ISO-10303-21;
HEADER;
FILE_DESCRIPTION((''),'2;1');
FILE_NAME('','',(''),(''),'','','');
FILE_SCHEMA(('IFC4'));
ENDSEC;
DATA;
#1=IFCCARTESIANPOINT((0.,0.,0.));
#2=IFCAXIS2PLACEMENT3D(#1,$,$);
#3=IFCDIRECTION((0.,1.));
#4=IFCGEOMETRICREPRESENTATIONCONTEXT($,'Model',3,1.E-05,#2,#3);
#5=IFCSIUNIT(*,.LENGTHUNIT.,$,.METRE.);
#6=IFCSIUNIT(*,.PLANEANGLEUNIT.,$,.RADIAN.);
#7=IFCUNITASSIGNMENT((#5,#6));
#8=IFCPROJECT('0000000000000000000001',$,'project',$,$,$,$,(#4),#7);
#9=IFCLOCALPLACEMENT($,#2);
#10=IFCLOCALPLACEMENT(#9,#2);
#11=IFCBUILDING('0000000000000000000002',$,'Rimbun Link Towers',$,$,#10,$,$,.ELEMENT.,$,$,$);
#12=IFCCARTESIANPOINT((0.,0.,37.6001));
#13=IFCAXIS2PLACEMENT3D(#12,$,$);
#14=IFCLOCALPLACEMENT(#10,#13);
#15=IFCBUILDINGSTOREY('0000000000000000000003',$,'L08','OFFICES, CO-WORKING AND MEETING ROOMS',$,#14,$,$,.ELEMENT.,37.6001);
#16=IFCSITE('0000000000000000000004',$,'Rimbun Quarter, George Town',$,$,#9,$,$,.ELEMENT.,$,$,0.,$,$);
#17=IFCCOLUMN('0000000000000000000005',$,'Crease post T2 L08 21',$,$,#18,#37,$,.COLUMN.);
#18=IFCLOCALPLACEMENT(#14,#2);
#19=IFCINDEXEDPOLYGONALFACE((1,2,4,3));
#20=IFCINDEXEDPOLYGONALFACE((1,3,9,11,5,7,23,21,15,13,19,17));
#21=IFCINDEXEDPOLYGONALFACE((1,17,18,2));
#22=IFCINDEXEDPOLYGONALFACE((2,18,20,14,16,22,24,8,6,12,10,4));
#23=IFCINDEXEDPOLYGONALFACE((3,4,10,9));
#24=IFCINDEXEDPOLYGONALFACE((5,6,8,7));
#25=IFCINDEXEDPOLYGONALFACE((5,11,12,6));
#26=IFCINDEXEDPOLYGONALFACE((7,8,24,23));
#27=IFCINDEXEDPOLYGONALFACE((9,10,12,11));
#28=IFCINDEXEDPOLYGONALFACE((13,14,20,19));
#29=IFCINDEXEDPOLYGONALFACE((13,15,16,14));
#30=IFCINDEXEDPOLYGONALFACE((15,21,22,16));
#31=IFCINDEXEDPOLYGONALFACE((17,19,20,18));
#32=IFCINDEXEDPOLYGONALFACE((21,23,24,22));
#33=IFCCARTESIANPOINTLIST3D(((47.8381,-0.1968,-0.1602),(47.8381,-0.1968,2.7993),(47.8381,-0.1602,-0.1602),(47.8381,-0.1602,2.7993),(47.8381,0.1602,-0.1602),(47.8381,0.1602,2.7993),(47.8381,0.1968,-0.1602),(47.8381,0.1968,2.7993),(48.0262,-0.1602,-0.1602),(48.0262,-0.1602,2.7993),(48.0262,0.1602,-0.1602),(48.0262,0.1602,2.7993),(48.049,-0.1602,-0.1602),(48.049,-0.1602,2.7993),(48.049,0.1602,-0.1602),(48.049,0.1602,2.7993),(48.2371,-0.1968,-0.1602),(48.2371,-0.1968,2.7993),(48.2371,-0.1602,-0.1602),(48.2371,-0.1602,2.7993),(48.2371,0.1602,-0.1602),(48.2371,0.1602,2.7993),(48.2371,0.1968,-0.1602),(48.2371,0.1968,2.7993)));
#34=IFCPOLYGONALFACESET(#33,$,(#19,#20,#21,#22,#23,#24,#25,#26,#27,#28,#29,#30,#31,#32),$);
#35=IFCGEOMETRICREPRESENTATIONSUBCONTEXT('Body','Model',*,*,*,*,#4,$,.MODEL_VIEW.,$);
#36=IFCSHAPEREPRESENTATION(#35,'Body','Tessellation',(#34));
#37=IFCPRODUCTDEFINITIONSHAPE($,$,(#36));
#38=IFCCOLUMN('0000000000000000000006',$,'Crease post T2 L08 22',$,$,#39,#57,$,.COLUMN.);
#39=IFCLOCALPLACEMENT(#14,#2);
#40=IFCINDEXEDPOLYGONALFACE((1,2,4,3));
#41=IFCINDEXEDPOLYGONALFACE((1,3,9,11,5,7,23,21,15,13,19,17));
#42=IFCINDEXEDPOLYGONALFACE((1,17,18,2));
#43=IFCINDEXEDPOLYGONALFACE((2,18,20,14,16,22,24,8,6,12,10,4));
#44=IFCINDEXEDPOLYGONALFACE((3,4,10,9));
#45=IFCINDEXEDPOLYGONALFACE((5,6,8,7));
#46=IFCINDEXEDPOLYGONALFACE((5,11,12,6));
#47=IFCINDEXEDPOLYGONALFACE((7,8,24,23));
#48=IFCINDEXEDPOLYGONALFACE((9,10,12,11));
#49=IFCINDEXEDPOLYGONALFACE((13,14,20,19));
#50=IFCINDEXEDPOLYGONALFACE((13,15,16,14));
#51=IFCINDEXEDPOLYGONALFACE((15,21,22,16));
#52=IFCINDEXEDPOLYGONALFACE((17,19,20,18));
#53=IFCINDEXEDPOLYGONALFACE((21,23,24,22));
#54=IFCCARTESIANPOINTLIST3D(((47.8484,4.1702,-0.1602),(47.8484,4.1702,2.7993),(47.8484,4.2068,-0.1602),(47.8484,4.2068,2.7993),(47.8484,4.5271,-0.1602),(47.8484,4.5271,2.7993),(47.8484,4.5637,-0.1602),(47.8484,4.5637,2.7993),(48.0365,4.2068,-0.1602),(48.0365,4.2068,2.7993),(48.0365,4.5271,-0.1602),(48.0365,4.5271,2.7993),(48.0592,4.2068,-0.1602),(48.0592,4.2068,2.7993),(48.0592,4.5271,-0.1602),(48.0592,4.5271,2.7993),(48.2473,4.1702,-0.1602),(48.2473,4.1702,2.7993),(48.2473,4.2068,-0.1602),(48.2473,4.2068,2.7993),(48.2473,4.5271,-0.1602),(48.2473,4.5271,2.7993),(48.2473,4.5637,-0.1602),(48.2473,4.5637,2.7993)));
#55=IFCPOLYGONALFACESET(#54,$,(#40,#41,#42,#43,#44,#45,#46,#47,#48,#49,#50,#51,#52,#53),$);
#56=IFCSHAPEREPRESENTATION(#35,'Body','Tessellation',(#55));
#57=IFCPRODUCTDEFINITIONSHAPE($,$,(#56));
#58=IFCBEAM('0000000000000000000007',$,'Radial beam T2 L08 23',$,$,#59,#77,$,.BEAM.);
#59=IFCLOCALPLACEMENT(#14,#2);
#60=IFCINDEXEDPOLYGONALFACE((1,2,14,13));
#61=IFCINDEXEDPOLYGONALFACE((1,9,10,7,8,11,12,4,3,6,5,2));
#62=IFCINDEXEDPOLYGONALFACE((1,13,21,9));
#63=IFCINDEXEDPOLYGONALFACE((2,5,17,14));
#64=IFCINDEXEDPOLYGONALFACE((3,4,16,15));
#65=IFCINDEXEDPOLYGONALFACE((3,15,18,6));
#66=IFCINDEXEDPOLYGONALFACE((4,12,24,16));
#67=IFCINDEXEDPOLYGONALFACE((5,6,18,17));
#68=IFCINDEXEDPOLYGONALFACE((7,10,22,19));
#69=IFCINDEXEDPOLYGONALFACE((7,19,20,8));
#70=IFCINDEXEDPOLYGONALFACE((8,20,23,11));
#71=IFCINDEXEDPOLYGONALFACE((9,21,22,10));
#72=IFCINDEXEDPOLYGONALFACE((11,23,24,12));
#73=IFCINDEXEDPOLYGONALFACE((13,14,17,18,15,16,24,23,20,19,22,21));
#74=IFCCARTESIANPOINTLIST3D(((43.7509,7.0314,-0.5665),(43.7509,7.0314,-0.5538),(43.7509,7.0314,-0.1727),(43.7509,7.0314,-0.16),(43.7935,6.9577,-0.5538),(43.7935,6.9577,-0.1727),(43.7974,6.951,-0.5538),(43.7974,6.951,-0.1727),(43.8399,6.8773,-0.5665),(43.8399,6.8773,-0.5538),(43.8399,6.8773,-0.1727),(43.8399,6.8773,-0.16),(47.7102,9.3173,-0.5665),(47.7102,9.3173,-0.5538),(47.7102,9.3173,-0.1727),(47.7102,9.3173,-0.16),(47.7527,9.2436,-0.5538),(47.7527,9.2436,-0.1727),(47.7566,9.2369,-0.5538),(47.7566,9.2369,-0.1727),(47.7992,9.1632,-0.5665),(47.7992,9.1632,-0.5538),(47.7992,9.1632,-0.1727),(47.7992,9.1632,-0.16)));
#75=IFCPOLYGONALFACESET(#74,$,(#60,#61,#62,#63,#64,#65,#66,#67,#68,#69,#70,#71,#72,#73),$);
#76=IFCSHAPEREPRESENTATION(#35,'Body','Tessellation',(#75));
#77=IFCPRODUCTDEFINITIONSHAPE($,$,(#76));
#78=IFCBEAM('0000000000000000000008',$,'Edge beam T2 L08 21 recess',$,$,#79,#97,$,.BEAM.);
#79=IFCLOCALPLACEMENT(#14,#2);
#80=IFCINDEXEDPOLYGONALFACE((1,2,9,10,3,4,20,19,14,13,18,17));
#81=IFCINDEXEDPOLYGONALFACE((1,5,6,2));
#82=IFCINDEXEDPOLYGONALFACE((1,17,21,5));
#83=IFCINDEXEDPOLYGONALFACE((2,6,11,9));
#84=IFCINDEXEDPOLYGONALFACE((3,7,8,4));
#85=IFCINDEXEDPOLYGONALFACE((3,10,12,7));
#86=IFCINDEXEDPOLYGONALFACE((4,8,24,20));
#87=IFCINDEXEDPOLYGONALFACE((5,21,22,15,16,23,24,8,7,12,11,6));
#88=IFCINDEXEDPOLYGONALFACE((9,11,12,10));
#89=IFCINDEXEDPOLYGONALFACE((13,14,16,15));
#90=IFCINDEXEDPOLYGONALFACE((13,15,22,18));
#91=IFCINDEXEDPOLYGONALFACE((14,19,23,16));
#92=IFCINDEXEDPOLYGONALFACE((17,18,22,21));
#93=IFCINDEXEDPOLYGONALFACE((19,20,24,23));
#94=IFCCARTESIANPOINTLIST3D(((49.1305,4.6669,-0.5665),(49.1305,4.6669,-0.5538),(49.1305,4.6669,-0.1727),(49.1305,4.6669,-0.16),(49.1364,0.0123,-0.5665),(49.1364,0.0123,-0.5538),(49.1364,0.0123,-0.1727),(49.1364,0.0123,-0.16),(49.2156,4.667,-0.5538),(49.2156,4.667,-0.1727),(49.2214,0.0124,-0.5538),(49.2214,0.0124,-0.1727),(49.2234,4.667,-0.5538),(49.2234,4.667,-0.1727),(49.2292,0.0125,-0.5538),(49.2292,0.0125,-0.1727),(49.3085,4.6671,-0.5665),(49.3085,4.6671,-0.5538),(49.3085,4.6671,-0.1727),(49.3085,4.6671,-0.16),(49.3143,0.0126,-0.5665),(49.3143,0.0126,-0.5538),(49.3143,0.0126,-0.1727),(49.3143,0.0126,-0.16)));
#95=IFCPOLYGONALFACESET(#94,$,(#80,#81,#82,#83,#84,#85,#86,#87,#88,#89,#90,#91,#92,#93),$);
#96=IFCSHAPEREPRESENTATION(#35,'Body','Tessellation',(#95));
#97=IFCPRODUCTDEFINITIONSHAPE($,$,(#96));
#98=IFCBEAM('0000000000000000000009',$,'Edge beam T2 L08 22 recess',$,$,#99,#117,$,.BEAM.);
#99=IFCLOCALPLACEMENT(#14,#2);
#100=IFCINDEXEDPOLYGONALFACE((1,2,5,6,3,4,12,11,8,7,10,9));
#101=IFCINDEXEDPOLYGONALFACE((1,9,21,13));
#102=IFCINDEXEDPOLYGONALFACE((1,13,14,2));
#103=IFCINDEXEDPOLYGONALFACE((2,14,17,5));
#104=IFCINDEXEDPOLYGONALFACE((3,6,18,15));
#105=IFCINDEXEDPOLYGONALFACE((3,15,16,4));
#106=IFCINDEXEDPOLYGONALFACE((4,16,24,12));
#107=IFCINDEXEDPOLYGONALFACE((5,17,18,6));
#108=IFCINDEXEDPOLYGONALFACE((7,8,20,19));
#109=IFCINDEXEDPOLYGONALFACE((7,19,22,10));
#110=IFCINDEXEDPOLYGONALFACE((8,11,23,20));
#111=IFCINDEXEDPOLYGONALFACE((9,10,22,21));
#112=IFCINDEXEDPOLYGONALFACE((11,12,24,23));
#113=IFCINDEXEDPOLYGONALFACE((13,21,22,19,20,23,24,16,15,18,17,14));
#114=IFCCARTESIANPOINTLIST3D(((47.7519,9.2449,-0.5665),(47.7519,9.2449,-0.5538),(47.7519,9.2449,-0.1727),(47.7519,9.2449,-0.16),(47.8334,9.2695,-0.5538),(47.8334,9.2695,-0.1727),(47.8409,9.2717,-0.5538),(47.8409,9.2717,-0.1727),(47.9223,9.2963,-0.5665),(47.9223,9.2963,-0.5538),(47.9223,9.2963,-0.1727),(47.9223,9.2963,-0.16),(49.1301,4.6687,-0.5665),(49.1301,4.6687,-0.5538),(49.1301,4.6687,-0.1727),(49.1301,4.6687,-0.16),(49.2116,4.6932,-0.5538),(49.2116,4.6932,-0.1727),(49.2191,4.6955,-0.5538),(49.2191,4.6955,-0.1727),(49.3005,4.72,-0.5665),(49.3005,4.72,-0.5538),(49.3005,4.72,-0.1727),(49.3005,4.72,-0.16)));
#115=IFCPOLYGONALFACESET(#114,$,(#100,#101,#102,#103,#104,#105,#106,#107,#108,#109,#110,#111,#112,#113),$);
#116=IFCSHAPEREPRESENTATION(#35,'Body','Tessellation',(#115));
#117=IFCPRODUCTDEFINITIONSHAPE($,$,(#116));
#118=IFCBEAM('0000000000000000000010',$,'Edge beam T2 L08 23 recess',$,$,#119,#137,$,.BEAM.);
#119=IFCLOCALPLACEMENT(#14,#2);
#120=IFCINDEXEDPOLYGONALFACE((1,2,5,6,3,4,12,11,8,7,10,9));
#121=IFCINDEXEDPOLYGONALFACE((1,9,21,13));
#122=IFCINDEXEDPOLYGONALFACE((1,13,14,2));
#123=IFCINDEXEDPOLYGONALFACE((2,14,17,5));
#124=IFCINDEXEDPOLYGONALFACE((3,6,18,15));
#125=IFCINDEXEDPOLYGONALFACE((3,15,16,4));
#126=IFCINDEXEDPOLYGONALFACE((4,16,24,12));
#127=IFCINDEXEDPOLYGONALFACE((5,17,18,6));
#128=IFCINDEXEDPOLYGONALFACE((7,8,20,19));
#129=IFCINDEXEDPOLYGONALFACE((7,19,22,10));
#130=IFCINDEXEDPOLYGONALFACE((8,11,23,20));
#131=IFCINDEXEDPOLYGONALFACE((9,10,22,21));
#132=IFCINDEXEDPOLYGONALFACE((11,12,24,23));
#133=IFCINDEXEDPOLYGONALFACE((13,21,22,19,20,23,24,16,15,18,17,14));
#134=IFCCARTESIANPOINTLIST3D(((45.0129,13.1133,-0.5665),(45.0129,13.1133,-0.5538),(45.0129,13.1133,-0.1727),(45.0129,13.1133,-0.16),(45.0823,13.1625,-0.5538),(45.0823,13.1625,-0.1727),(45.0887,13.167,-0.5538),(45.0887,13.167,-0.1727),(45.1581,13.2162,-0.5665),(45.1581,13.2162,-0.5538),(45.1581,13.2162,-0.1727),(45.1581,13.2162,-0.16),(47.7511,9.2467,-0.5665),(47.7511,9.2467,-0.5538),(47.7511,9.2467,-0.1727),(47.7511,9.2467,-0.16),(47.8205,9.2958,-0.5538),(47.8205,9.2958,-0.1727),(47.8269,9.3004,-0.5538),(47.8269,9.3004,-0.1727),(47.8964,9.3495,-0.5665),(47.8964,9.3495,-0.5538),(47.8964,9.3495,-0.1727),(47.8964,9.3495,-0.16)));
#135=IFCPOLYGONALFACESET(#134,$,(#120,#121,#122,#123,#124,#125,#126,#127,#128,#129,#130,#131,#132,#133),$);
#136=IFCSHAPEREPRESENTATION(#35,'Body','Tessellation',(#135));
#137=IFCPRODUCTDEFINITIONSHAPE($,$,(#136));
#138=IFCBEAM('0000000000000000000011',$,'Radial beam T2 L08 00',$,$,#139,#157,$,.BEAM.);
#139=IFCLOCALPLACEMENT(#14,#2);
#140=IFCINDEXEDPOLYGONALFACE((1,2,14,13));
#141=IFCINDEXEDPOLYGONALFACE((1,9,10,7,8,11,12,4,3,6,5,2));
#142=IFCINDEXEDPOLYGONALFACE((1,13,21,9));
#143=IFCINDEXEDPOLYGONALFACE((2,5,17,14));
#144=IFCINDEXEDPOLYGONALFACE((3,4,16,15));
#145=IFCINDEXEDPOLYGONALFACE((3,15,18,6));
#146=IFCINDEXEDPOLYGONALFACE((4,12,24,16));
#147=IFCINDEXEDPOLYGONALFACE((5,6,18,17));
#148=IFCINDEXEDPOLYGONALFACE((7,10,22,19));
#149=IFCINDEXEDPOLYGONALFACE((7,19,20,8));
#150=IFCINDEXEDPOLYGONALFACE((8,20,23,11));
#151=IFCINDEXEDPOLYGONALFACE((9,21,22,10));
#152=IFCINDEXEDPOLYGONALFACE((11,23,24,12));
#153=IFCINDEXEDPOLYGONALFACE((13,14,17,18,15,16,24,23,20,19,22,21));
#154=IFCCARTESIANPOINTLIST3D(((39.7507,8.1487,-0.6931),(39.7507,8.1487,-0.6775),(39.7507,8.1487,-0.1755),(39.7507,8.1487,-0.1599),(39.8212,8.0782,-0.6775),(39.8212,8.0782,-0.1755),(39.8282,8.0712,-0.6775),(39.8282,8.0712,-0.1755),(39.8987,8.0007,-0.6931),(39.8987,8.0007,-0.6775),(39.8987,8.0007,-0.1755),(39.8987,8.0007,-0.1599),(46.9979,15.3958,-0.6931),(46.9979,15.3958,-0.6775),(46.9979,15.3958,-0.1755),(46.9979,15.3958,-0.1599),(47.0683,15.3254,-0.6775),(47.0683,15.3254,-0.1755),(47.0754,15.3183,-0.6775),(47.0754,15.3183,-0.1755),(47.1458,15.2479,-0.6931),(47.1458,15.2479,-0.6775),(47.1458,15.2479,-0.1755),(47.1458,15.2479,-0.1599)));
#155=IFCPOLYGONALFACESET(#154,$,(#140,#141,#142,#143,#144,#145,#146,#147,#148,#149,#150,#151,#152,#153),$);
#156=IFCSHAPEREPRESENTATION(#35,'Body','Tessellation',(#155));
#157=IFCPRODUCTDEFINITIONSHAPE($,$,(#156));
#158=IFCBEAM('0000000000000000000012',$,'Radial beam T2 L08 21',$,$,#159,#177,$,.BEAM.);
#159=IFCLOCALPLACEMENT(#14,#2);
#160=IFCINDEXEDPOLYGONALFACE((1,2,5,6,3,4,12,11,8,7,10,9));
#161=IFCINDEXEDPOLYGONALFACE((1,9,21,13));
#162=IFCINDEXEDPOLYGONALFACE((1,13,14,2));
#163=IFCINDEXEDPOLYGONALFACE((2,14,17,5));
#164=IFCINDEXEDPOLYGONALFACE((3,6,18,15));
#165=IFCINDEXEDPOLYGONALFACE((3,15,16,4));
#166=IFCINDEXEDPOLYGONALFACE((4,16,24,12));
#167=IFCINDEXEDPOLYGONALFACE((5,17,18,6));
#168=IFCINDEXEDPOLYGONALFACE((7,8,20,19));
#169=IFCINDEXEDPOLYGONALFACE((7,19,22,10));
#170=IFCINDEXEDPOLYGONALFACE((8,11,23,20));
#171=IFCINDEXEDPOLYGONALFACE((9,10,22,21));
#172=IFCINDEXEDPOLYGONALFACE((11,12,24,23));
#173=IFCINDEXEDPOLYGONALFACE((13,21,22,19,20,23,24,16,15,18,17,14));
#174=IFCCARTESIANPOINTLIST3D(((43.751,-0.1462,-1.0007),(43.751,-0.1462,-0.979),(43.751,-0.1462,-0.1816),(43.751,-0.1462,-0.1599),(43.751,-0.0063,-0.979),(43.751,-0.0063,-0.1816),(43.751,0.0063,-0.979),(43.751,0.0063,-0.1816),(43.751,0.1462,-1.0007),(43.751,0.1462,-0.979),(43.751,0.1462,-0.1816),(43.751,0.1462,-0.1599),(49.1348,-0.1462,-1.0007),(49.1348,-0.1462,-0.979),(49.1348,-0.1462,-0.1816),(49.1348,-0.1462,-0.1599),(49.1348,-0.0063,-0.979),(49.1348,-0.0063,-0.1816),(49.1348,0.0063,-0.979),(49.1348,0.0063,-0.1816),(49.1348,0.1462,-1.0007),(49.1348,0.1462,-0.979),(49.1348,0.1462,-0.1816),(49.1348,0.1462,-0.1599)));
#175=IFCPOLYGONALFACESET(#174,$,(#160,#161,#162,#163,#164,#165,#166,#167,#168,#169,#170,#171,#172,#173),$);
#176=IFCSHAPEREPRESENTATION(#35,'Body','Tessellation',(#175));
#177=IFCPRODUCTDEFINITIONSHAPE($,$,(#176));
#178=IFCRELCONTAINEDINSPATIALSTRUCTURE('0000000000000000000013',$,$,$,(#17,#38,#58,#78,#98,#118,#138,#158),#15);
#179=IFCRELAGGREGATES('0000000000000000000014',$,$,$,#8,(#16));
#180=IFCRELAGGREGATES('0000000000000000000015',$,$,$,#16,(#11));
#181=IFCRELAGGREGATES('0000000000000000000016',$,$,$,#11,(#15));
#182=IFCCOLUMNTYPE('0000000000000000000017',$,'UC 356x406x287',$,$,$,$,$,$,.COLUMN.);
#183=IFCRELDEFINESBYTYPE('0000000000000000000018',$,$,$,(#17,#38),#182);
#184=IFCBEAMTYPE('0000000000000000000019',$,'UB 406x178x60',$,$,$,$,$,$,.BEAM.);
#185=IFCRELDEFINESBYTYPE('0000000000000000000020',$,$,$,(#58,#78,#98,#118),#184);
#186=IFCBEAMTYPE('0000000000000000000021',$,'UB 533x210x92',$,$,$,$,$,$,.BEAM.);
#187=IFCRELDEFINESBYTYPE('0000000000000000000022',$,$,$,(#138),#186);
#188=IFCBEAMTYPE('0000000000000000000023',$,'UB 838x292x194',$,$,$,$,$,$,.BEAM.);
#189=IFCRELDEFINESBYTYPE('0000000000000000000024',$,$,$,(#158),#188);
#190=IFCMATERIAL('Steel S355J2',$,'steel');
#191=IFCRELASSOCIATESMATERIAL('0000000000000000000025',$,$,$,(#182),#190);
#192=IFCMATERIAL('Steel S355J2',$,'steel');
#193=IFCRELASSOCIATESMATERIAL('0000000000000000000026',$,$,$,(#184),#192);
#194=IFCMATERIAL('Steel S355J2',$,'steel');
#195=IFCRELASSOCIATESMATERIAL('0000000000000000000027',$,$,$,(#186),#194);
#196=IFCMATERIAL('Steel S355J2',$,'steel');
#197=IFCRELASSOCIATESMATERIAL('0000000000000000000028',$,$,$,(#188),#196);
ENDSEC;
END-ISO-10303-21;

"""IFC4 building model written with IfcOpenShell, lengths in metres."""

from ifc_helpers import new_model, si_unit, direction, frame, origin, origin_2d, place, context, subcontext, project, spatial, i_section, extrude, material, material_profile, profile_set, type_object, element, save


model = new_model("IFC4")

# Units and contexts
model_context = context("Model", 3, precision=1e-05, world=origin(), true_north=direction((0.0, 1.0)))
body_context = subcontext(model_context, "Body", "Model", "MODEL_VIEW")
ifc_project = project(units=[si_unit("LENGTHUNIT", "METRE"), si_unit("PLANEANGLEUNIT", "RADIAN")], contexts=[model_context])

# Site, building, storey
site_placement = place(None, origin())
site = spatial("IfcSite", under=ifc_project, at=site_placement, Name="Rimbun Quarter, George Town", CompositionType="ELEMENT", RefElevation=0.0)
building_placement = place(site_placement, origin())
building = spatial("IfcBuilding", under=site, at=building_placement, Name="Rimbun Link Towers", CompositionType="ELEMENT")
storey_placement = place(building_placement, frame((0.0, 0.0, 37.6001)))
storey = spatial("IfcBuildingStorey", under=building, at=storey_placement, Name="L08", Description="OFFICES, CO-WORKING AND MEETING ROOMS", CompositionType="ELEMENT", Elevation=37.6001)

# Columns
ifc_material_1 = material(Name="Steel S355J2", Category="steel")
ifc_material_profile_1 = material_profile(ifc_material_1, i_section(OverallWidth=0.3989, OverallDepth=0.3936, WebThickness=0.0227, FlangeThickness=0.0366, at=origin_2d()), Name="UC 356x406x287")
ifc_profile_set_1 = profile_set([ifc_material_profile_1], Name="Steel S355J2")
column_type = type_object("IfcColumnType", Name="UC 356x406x287", PredefinedType="COLUMN", material=ifc_profile_set_1)
for number, where, z_axis, x_axis, name in (
    (1, (48.0376, 0.0, -0.1602), (0.0, 0.0, 1.0), (1.0, 0.0, 0.0), "Crease post T2 L08 21"),
    (2, (48.0479, 4.3669, -0.1602), (0.0, 0.0, 1.0), (1.0, 0.0, 0.0), "Crease post T2 L08 22"),
):
    element("IfcColumn", number, at=place(storey_placement, frame(where, z_axis=z_axis, x_axis=x_axis)), inside=storey, type_object=column_type, Name=name, PredefinedType="COLUMN", context=body_context, shape_type="SweptSolid", body=[
        extrude(i_section(OverallWidth=0.3989, OverallDepth=0.3936, WebThickness=0.0227, FlangeThickness=0.0366, at=origin_2d()), origin(), (0.0, 0.0, 1.0), 2.9595),
    ])

# Beams
ifc_material_2 = material(Name="Steel S355J2", Category="steel")
ifc_material_profile_2 = material_profile(ifc_material_2, i_section(OverallWidth=0.178, OverallDepth=0.4065, WebThickness=0.0078, FlangeThickness=0.0127, at=origin_2d()), Name="UB 406x178x60")
ifc_profile_set_2 = profile_set([ifc_material_profile_2], Name="Steel S355J2")
beam_type_1 = type_object("IfcBeamType", Name="UB 406x178x60", PredefinedType="BEAM", material=ifc_profile_set_2)
beam_1_placement = place(storey_placement, frame((43.7954, 6.9543, -0.3633), z_axis=(0.866023, 0.500004, 0.0), x_axis=(-0.500004, 0.866023, 0.0)))
element("IfcBeam", 3, at=beam_1_placement, inside=storey, type_object=beam_type_1, Name="Radial beam T2 L08 23", PredefinedType="BEAM", context=body_context, shape_type="SweptSolid", body=[
    extrude(i_section(OverallWidth=0.178, OverallDepth=0.4065, WebThickness=0.0078, FlangeThickness=0.0127, at=origin_2d()), origin(), (0.0, 0.0, 1.0), 4.5718),
])
beam_2_placement = place(storey_placement, frame((49.2253, 0.0125, -0.3633), z_axis=(-0.001259, 0.999999, 0.0), x_axis=(-0.999999, -0.001259, 0.0)))
element("IfcBeam", 4, at=beam_2_placement, inside=storey, type_object=beam_type_1, Name="Edge beam T2 L08 21 recess", PredefinedType="BEAM", context=body_context, shape_type="SweptSolid", body=[
    extrude(i_section(OverallWidth=0.178, OverallDepth=0.4065, WebThickness=0.0078, FlangeThickness=0.0127, at=origin_2d()), origin(), (0.0, 0.0, 1.0), 4.6545),
])
beam_3_placement = place(storey_placement, frame((49.2153, 4.6943, -0.3633), z_axis=(-0.288369, 0.957519, 0.0), x_axis=(-0.957519, -0.288369, 0.0)))
element("IfcBeam", 5, at=beam_3_placement, inside=storey, type_object=beam_type_1, Name="Edge beam T2 L08 22 recess", PredefinedType="BEAM", context=body_context, shape_type="SweptSolid", body=[
    extrude(i_section(OverallWidth=0.178, OverallDepth=0.4065, WebThickness=0.0078, FlangeThickness=0.0127, at=origin_2d()), origin(), (0.0, 0.0, 1.0), 4.7793),
])
beam_4_placement = place(storey_placement, frame((47.8237, 9.2981, -0.3633), z_axis=(-0.577929, 0.816087, 0.0), x_axis=(-0.816087, -0.577929, 0.0)))
element("IfcBeam", 6, at=beam_4_placement, inside=storey, type_object=beam_type_1, Name="Edge beam T2 L08 23 recess", PredefinedType="BEAM", context=body_context, shape_type="SweptSolid", body=[
    extrude(i_section(OverallWidth=0.178, OverallDepth=0.4065, WebThickness=0.0078, FlangeThickness=0.0127, at=origin_2d()), origin(), (0.0, 0.0, 1.0), 4.738),
])
ifc_material_3 = material(Name="Steel S355J2", Category="steel")
ifc_material_profile_3 = material_profile(ifc_material_3, i_section(OverallWidth=0.2092, OverallDepth=0.5332, WebThickness=0.01, FlangeThickness=0.0156, at=origin_2d()), Name="UB 533x210x92")
ifc_profile_set_3 = profile_set([ifc_material_profile_3], Name="Steel S355J2")
beam_type_2 = type_object("IfcBeamType", Name="UB 533x210x92", PredefinedType="BEAM", material=ifc_profile_set_3)
beam_5_placement = place(storey_placement, frame((39.8247, 8.0747, -0.4265), z_axis=(0.707107, 0.707107, 0.0), x_axis=(-0.707107, 0.707107, 0.0)))
element("IfcBeam", 7, at=beam_5_placement, inside=storey, type_object=beam_type_2, Name="Radial beam T2 L08 00", PredefinedType="BEAM", context=body_context, shape_type="SweptSolid", body=[
    extrude(i_section(OverallWidth=0.2092, OverallDepth=0.5332, WebThickness=0.01, FlangeThickness=0.0156, at=origin_2d()), origin(), (0.0, 0.0, 1.0), 10.249),
])
ifc_material_4 = material(Name="Steel S355J2", Category="steel")
ifc_material_profile_4 = material_profile(ifc_material_4, i_section(OverallWidth=0.2925, OverallDepth=0.8408, WebThickness=0.0127, FlangeThickness=0.0217, at=origin_2d()), Name="UB 838x292x194")
ifc_profile_set_4 = profile_set([ifc_material_profile_4], Name="Steel S355J2")
beam_type_3 = type_object("IfcBeamType", Name="UB 838x292x194", PredefinedType="BEAM", material=ifc_profile_set_4)
beam_6_placement = place(storey_placement, frame((43.751, 0.0, -0.5803), z_axis=(1.0, 0.0, 0.0), x_axis=(0.0, 1.0, 0.0)))
element("IfcBeam", 8, at=beam_6_placement, inside=storey, type_object=beam_type_3, Name="Radial beam T2 L08 21", PredefinedType="BEAM", context=body_context, shape_type="SweptSolid", body=[
    extrude(i_section(OverallWidth=0.2925, OverallDepth=0.8408, WebThickness=0.0127, FlangeThickness=0.0217, at=origin_2d()), origin(), (0.0, 0.0, 1.0), 5.3838),
])

save(model, "model.ifc")
